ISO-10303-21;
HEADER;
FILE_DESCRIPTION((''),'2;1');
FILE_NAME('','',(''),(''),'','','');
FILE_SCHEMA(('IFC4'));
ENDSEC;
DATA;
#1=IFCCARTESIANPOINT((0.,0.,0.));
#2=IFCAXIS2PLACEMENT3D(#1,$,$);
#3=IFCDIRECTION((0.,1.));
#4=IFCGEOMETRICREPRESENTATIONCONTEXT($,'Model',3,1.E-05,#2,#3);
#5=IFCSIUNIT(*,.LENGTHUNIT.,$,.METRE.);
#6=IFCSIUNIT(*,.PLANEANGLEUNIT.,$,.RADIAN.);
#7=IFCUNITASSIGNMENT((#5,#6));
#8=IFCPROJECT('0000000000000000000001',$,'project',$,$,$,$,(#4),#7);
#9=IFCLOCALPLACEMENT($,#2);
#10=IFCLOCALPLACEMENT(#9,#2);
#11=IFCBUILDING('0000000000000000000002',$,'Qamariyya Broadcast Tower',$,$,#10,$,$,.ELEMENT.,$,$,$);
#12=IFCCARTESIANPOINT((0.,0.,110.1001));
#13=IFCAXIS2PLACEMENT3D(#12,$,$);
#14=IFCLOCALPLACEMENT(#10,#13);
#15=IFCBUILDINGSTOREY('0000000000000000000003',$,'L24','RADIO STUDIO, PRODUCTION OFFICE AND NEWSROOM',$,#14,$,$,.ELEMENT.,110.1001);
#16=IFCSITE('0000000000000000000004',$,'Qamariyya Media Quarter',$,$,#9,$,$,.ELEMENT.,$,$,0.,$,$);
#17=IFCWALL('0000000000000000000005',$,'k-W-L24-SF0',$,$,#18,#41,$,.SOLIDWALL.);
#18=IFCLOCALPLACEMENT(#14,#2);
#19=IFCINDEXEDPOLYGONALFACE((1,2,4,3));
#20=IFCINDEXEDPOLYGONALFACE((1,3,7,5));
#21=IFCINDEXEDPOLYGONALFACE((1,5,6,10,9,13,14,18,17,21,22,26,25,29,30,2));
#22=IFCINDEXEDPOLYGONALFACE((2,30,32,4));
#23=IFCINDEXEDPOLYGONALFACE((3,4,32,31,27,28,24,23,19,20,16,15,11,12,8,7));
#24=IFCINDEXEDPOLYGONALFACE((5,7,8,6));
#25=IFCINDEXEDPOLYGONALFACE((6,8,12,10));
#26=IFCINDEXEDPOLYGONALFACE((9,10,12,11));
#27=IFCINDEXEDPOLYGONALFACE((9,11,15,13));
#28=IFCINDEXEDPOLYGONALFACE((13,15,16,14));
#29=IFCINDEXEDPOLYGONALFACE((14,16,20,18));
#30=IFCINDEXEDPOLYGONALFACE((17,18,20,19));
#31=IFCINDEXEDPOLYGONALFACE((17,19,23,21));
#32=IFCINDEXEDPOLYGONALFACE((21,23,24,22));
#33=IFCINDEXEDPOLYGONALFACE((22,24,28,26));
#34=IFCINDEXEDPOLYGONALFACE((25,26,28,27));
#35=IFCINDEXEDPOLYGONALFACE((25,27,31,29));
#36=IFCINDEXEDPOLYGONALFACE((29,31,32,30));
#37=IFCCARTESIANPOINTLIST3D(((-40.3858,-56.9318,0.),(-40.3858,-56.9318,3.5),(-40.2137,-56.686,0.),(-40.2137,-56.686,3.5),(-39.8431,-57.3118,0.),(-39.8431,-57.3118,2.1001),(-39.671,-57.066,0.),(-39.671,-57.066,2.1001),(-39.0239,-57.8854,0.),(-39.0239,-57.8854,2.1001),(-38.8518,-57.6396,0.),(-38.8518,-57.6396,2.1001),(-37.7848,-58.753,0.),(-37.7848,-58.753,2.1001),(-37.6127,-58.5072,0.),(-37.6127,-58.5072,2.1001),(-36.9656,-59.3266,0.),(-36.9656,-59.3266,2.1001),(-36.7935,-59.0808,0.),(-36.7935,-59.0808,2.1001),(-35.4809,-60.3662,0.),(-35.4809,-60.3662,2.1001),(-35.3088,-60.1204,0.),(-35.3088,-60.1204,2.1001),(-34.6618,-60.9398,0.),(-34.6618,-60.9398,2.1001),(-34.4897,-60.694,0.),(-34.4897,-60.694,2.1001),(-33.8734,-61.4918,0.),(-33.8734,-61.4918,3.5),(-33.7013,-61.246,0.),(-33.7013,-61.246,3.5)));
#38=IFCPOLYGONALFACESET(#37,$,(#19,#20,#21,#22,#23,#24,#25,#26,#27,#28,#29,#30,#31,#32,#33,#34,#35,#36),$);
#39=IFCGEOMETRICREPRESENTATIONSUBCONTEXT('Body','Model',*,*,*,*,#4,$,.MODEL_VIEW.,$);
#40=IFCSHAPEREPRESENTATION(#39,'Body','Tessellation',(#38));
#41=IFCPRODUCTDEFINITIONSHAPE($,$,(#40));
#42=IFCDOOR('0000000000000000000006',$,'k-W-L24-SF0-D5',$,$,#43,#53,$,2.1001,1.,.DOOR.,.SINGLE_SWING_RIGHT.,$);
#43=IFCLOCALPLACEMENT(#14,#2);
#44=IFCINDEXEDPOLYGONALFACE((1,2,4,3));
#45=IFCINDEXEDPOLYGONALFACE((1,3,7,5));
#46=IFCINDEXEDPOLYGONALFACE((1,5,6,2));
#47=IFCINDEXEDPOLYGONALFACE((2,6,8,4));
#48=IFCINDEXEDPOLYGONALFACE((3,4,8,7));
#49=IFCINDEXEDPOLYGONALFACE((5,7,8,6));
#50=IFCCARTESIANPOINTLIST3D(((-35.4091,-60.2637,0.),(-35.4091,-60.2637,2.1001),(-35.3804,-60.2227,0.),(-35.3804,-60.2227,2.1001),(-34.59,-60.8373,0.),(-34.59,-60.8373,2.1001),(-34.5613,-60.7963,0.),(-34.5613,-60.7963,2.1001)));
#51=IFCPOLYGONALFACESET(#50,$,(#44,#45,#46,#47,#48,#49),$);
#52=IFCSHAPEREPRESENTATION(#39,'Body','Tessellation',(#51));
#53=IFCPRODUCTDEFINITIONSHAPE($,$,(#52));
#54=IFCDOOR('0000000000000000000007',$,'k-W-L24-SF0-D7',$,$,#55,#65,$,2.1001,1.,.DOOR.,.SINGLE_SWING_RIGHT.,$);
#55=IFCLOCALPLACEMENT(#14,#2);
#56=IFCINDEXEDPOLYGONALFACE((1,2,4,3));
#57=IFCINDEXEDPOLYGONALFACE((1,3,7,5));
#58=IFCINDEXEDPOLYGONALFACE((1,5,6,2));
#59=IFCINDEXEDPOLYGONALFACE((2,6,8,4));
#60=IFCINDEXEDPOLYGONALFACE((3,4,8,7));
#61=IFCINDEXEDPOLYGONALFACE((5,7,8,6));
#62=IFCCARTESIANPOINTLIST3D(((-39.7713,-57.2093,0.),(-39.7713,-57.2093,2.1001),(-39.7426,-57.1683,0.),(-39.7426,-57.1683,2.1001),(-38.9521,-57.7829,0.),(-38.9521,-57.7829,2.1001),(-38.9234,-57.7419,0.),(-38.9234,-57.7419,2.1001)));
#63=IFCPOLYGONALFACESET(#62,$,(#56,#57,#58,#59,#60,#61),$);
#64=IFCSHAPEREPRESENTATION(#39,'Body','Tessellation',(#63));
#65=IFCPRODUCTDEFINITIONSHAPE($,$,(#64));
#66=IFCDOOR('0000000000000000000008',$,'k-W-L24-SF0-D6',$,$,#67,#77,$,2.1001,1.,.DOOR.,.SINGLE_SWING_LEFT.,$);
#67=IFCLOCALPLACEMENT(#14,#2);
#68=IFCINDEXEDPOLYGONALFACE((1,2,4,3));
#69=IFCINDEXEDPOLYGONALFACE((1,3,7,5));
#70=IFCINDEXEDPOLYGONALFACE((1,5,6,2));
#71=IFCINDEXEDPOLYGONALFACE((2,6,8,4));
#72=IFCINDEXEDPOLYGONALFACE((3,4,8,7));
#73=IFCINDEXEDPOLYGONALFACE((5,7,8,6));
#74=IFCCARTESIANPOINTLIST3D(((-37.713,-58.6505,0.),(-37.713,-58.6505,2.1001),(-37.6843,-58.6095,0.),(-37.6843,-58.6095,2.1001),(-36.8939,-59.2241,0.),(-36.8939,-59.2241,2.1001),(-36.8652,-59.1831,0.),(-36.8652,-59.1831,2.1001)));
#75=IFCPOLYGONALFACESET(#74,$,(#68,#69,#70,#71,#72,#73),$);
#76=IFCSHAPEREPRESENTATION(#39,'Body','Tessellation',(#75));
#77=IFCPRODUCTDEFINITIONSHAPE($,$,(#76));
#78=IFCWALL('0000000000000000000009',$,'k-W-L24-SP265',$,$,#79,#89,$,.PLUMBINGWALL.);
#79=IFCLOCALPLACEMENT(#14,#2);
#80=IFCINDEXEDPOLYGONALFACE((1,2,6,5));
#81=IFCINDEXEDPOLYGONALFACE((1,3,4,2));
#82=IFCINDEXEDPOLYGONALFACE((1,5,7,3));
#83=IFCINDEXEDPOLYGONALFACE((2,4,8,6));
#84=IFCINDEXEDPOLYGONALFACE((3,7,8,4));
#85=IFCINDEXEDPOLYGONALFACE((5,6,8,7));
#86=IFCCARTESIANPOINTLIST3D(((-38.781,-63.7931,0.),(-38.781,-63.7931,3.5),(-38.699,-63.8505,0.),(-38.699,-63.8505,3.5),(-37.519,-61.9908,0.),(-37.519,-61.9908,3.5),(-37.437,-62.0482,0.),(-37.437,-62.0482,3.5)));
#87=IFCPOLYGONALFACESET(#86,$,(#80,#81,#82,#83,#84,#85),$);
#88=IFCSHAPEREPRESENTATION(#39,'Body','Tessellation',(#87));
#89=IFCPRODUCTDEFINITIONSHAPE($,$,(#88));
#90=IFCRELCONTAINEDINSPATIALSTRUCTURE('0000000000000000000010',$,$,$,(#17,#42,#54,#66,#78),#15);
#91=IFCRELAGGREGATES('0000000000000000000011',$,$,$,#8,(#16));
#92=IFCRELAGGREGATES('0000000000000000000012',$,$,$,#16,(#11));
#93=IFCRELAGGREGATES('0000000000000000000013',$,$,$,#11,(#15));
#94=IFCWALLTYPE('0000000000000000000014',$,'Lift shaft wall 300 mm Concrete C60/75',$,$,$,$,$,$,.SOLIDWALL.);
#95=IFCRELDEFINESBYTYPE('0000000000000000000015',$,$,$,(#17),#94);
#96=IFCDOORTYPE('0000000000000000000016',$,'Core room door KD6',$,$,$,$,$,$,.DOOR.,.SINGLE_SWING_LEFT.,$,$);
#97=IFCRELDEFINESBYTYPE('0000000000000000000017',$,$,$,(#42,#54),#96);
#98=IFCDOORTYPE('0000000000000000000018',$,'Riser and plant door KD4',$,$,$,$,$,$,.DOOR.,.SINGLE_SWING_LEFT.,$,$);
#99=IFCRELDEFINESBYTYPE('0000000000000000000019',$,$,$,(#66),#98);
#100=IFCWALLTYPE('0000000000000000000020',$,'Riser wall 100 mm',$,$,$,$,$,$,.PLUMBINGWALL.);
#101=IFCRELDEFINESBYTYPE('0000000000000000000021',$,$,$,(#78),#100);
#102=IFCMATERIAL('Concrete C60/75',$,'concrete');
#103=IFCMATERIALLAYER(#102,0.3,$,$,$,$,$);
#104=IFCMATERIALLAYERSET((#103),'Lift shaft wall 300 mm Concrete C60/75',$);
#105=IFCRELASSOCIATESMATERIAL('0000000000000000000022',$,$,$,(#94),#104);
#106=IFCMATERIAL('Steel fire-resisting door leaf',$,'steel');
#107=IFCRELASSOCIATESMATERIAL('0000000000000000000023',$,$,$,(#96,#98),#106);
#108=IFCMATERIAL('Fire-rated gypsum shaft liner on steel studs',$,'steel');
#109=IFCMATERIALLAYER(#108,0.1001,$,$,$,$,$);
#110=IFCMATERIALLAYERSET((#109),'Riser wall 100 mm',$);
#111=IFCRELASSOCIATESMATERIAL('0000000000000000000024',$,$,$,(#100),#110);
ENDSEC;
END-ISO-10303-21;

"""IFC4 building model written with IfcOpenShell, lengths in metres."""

from ifc_helpers import new_model, si_unit, direction, frame, frame_2d, origin, place, context, subcontext, project, spatial, rectangle, extrude, material, layer, layer_set, type_object, element, fill, save


model = new_model("IFC4")

# Units and contexts
model_context = context("Model", 3, precision=1e-05, world=origin(), true_north=direction((0.0, 1.0)))
body_context = subcontext(model_context, "Body", "Model", "MODEL_VIEW")
ifc_project = project(units=[si_unit("LENGTHUNIT", "METRE"), si_unit("PLANEANGLEUNIT", "RADIAN")], contexts=[model_context])

# Site, building, storey
site_placement = place(None, origin())
site = spatial("IfcSite", under=ifc_project, at=site_placement, Name="Qamariyya Media Quarter", CompositionType="ELEMENT", RefElevation=0.0)
building_placement = place(site_placement, origin())
building = spatial("IfcBuilding", under=site, at=building_placement, Name="Qamariyya Broadcast Tower", CompositionType="ELEMENT")
storey_placement = place(building_placement, frame((0.0, 0.0, 110.1001)))
storey = spatial("IfcBuildingStorey", under=building, at=storey_placement, Name="L24", Description="RADIO STUDIO, PRODUCTION OFFICE AND NEWSROOM", CompositionType="ELEMENT", Elevation=110.1001)

# Shared definitions
ifc_material_1 = material(Name="Concrete C60/75", Category="concrete")
ifc_layer_1 = layer(ifc_material_1, 0.3)
ifc_layer_set_1 = layer_set([ifc_layer_1], Name="Lift shaft wall 300 mm Concrete C60/75")
wall_type_1 = type_object("IfcWallType", Name="Lift shaft wall 300 mm Concrete C60/75", PredefinedType="SOLIDWALL", material=ifc_layer_set_1)
ifc_material_2 = material(Name="Steel fire-resisting door leaf", Category="steel")

# Wall, openings, doors
wall_1_placement = place(storey_placement, frame((-33.7874, -61.3689, 0.0), z_axis=(0.0, 0.0, 1.0), x_axis=(-0.819153, 0.573576, 0.0)))
wall_1 = element("IfcWall", 1, at=wall_1_placement, inside=storey, type_object=wall_type_1, Name="k-W-L24-SF0", PredefinedType="SOLIDWALL", context=body_context, shape_type="SweptSolid", body=[
    extrude(rectangle(XDim=7.9502, YDim=0.3, at=frame_2d((3.9751, 0.0))), origin(), (0.0, 0.0, 1.0), 3.5),
])
opening_1_placement = place(wall_1_placement, frame((0.9624, 0.0, 0.0)))
opening_1 = element("IfcOpeningElement", 2, at=opening_1_placement, cuts=wall_1, PredefinedType="OPENING", context=body_context, shape_type="SweptSolid", body=[
    extrude(rectangle(XDim=1.0, YDim=2.1001, at=frame_2d((0.5, 1.05))), frame((0.0, 0.1599, 0.0), z_axis=(0.0, -1.0, 0.0), x_axis=(1.0, 0.0, 0.0)), (0.0, 0.0, 1.0), 0.3201),
])
opening_2_placement = place(wall_1_placement, frame((3.7749, 0.0, 0.0)))
opening_2 = element("IfcOpeningElement", 3, at=opening_2_placement, cuts=wall_1, PredefinedType="OPENING", context=body_context, shape_type="SweptSolid", body=[
    extrude(rectangle(XDim=1.0, YDim=2.1001, at=frame_2d((0.5, 1.05))), frame((0.0, 0.1599, 0.0), z_axis=(0.0, -1.0, 0.0), x_axis=(1.0, 0.0, 0.0)), (0.0, 0.0, 1.0), 0.3201),
])
opening_3_placement = place(wall_1_placement, frame((6.2876, 0.0, 0.0)))
opening_3 = element("IfcOpeningElement", 4, at=opening_3_placement, cuts=wall_1, PredefinedType="OPENING", context=body_context, shape_type="SweptSolid", body=[
    extrude(rectangle(XDim=1.0, YDim=2.1001, at=frame_2d((0.5, 1.05))), frame((0.0, 0.1599, 0.0), z_axis=(0.0, -1.0, 0.0), x_axis=(1.0, 0.0, 0.0)), (0.0, 0.0, 1.0), 0.3201),
])
door_type_1 = type_object("IfcDoorType", Name="Core room door KD6", OperationType="SINGLE_SWING_LEFT", PredefinedType="DOOR", material=ifc_material_2)
door_1_placement = place(opening_1_placement, origin())
door_1 = element("IfcDoor", 5, at=door_1_placement, inside=storey, type_object=door_type_1, Name="k-W-L24-SF0-D5", OperationType="SINGLE_SWING_RIGHT", OverallHeight=2.1001, OverallWidth=1.0, PredefinedType="DOOR", context=body_context, shape_type="SweptSolid", body=[
    extrude(rectangle(XDim=1.0, YDim=2.1001, at=frame_2d((0.5, 1.05))), frame((0.0, 0.0249, 0.0), z_axis=(0.0, -1.0, 0.0), x_axis=(1.0, 0.0, 0.0)), (0.0, 0.0, 1.0), 0.05),
])
fill(opening_1, door_1)
door_2_placement = place(opening_3_placement, origin())
door_2 = element("IfcDoor", 6, at=door_2_placement, inside=storey, type_object=door_type_1, Name="k-W-L24-SF0-D7", OperationType="SINGLE_SWING_RIGHT", OverallHeight=2.1001, OverallWidth=1.0, PredefinedType="DOOR", context=body_context, shape_type="SweptSolid", body=[
    extrude(rectangle(XDim=1.0, YDim=2.1001, at=frame_2d((0.5, 1.05))), frame((0.0, 0.0249, 0.0), z_axis=(0.0, -1.0, 0.0), x_axis=(1.0, 0.0, 0.0)), (0.0, 0.0, 1.0), 0.05),
])
fill(opening_3, door_2)
door_type_2 = type_object("IfcDoorType", Name="Riser and plant door KD4", OperationType="SINGLE_SWING_LEFT", PredefinedType="DOOR", material=ifc_material_2)
door_3_placement = place(opening_2_placement, origin())
door_3 = element("IfcDoor", 7, at=door_3_placement, inside=storey, type_object=door_type_2, Name="k-W-L24-SF0-D6", OperationType="SINGLE_SWING_LEFT", OverallHeight=2.1001, OverallWidth=1.0, PredefinedType="DOOR", context=body_context, shape_type="SweptSolid", body=[
    extrude(rectangle(XDim=1.0, YDim=2.1001, at=frame_2d((0.5, 1.05))), frame((0.0, 0.0249, 0.0), z_axis=(0.0, -1.0, 0.0), x_axis=(1.0, 0.0, 0.0)), (0.0, 0.0, 1.0), 0.05),
])
fill(opening_2, door_3)

# Wall
ifc_material_3 = material(Name="Fire-rated gypsum shaft liner on steel studs", Category="steel")
ifc_layer_2 = layer(ifc_material_3, 0.1001)
ifc_layer_set_2 = layer_set([ifc_layer_2], Name="Riser wall 100 mm")
wall_type_2 = type_object("IfcWallType", Name="Riser wall 100 mm", PredefinedType="PLUMBINGWALL", material=ifc_layer_set_2)
wall_2_placement = place(storey_placement, frame((-37.478, -62.0195, 0.0), z_axis=(0.0, 0.0, 1.0), x_axis=(-0.573581, -0.819149, 0.0)))
element("IfcWall", 8, at=wall_2_placement, inside=storey, type_object=wall_type_2, Name="k-W-L24-SP265", PredefinedType="PLUMBINGWALL", context=body_context, shape_type="SweptSolid", body=[
    extrude(rectangle(XDim=2.2002, YDim=0.1001, at=frame_2d((1.1001, 0.0))), origin(), (0.0, 0.0, 1.0), 3.5),
])

save(model, "model.ifc")
